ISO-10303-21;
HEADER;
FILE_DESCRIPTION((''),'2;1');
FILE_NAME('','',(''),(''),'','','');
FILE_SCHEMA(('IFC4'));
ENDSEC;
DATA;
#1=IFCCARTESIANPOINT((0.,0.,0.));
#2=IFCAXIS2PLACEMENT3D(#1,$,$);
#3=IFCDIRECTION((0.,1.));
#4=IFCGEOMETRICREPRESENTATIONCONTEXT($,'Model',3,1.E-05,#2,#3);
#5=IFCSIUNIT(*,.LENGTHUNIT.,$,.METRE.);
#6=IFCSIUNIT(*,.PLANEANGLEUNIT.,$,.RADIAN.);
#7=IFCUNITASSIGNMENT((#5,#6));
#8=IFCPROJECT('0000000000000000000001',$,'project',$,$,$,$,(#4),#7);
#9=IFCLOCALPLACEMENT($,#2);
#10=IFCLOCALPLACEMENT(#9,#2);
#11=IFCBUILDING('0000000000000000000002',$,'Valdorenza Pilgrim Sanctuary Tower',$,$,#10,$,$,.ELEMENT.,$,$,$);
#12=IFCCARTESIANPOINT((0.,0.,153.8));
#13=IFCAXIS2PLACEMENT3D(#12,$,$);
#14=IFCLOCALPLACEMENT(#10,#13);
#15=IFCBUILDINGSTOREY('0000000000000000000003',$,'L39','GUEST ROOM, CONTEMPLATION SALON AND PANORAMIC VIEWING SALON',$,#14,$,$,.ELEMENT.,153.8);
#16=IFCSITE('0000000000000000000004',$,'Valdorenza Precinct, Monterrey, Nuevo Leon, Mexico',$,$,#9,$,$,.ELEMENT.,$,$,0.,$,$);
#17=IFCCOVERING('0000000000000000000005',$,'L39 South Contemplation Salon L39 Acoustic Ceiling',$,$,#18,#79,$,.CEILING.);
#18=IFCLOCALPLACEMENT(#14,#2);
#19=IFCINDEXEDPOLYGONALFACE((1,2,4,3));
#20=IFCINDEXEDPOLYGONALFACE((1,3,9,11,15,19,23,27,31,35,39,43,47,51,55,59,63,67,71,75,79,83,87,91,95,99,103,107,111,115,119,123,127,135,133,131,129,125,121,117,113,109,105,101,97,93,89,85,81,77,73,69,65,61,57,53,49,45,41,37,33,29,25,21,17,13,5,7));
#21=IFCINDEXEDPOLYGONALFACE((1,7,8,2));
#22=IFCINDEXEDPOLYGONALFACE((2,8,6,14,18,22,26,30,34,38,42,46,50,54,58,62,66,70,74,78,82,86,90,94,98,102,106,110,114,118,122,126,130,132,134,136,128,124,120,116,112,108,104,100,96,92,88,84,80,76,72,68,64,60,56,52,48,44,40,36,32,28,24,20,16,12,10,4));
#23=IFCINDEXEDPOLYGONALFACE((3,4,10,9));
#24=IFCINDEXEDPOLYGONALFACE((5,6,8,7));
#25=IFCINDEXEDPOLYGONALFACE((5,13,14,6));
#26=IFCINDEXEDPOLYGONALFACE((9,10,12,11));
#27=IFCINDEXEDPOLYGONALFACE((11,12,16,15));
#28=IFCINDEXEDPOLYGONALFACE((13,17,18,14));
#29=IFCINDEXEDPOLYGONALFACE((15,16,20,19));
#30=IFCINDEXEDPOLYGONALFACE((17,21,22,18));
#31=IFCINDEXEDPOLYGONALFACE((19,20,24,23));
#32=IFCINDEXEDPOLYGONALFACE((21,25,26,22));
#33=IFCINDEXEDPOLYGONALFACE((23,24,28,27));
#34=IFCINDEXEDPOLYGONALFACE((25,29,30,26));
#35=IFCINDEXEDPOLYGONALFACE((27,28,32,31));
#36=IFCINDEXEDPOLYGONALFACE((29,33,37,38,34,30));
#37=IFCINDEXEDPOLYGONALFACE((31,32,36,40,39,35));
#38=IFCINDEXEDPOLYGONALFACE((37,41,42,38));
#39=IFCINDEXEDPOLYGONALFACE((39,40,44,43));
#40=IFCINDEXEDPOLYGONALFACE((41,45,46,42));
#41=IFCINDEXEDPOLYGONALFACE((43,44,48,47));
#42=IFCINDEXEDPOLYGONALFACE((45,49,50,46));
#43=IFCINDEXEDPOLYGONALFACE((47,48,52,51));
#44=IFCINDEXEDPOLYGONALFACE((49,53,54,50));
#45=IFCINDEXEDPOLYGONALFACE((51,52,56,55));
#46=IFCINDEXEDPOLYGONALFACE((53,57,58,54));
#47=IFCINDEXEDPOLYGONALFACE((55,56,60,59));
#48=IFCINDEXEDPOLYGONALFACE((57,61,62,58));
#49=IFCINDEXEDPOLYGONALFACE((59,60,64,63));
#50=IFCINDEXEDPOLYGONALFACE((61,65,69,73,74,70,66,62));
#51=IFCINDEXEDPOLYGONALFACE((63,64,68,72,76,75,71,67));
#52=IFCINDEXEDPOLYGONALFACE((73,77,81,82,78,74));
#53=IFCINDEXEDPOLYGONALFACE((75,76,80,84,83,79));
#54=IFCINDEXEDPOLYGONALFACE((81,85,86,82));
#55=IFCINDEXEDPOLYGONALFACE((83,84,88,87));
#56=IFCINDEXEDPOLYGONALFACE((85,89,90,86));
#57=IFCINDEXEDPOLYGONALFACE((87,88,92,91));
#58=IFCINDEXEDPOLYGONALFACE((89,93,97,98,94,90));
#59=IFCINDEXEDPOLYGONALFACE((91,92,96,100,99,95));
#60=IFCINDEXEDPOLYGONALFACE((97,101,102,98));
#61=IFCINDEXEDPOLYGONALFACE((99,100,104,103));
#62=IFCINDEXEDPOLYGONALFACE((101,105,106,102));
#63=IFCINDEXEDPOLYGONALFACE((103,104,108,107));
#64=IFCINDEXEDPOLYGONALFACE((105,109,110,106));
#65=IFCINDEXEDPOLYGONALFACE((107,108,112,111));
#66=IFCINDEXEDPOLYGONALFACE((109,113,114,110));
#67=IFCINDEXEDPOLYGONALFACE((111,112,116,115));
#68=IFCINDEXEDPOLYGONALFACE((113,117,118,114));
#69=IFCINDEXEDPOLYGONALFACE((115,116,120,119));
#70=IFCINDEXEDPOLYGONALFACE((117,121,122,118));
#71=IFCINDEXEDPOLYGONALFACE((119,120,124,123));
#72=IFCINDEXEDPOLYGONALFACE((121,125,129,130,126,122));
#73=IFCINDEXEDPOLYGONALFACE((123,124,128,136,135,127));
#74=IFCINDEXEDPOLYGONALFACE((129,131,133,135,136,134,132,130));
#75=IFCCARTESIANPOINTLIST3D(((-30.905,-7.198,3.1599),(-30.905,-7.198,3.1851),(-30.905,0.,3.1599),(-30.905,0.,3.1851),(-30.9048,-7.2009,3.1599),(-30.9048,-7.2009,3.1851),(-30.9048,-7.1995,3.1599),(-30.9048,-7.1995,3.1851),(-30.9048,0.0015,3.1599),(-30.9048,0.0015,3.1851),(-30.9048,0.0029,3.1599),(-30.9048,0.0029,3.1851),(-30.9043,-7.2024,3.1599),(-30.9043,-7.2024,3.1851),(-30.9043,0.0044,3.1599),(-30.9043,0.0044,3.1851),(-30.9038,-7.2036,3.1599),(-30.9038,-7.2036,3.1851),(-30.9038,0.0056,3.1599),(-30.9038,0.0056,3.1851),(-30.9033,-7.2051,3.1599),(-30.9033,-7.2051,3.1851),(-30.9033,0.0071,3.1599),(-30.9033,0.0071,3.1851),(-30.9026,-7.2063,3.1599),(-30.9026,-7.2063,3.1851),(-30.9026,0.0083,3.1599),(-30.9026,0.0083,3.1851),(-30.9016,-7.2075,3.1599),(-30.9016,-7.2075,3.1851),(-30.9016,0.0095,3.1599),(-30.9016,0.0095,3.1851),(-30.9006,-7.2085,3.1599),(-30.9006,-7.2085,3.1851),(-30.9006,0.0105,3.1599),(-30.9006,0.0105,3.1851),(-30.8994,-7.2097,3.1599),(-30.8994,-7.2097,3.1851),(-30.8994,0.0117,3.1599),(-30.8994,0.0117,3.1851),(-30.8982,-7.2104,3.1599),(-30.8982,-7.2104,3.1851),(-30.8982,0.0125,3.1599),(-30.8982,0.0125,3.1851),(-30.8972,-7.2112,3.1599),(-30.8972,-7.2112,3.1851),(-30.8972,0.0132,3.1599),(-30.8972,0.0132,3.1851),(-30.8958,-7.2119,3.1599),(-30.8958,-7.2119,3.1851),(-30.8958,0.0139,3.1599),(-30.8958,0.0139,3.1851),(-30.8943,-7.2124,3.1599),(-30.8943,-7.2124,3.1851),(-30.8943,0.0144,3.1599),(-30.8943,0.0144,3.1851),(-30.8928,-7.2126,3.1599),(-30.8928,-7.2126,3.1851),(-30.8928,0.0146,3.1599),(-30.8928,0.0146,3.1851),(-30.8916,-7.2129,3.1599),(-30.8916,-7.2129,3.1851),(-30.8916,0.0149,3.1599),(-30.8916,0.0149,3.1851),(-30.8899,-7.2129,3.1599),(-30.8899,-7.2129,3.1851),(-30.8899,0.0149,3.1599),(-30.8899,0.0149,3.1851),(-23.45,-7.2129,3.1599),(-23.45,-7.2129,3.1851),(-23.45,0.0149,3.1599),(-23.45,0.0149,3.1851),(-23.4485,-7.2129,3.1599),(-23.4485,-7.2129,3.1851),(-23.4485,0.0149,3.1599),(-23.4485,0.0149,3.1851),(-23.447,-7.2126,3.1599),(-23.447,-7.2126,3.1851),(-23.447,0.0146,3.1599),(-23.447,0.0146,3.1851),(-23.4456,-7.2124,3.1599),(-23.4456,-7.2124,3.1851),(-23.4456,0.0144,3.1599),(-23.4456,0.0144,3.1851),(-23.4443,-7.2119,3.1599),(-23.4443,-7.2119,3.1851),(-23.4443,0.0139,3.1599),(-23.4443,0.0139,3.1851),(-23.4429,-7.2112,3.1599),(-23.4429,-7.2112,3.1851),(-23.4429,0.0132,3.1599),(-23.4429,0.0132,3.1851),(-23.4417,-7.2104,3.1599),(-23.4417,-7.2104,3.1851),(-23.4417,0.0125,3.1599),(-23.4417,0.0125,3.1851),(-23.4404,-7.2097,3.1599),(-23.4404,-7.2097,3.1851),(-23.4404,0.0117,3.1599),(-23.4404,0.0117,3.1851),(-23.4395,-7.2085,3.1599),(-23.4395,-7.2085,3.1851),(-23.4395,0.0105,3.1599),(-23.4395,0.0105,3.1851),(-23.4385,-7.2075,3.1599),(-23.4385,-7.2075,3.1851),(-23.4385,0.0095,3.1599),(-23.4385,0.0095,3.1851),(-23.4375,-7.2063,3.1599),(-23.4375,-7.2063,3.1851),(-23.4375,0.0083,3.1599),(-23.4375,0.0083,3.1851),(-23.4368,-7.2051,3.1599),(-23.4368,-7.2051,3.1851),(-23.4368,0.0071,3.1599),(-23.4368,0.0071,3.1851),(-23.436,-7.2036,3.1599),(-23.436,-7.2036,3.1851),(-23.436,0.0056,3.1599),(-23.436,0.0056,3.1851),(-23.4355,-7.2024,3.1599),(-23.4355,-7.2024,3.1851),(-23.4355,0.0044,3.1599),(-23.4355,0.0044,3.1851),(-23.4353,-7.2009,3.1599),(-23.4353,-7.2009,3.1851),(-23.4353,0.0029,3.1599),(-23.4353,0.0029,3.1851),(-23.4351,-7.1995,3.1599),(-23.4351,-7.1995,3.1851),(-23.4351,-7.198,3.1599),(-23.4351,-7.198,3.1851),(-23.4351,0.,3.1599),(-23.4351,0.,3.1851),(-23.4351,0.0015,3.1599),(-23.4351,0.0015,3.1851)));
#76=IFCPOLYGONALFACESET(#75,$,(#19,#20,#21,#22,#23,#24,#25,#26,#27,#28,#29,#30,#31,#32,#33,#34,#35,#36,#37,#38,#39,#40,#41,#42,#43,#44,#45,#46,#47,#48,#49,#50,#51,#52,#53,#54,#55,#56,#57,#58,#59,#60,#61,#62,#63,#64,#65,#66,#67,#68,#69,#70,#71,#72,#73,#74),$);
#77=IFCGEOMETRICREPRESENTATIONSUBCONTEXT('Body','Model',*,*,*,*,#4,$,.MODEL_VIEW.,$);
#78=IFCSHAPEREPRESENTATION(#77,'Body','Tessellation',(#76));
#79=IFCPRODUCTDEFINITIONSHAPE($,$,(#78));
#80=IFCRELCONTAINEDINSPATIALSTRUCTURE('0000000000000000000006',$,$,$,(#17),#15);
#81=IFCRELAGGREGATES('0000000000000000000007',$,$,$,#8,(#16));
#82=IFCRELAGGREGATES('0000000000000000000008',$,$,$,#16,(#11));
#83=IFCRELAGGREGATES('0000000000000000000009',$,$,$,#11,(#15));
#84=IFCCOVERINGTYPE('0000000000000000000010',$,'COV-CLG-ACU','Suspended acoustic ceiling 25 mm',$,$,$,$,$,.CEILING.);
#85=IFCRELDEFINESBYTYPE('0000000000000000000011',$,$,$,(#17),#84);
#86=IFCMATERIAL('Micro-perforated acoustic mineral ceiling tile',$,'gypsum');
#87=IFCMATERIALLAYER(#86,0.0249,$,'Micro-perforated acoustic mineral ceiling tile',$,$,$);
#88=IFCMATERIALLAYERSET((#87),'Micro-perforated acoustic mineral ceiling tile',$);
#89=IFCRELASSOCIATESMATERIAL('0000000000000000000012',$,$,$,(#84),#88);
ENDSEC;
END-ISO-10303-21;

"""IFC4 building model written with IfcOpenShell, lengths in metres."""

from ifc_helpers import new_model, si_unit, direction, frame, origin, place, context, subcontext, project, spatial, polyline, outline, extrude, material, layer, layer_set, type_object, element, save


model = new_model("IFC4")

# Units and contexts
model_context = context("Model", 3, precision=1e-05, world=origin(), true_north=direction((0.0, 1.0)))
body_context = subcontext(model_context, "Body", "Model", "MODEL_VIEW")
ifc_project = project(units=[si_unit("LENGTHUNIT", "METRE"), si_unit("PLANEANGLEUNIT", "RADIAN")], contexts=[model_context])

# Site, building, storey
site_placement = place(None, origin())
site = spatial("IfcSite", under=ifc_project, at=site_placement, Name="Valdorenza Precinct, Monterrey, Nuevo Leon, Mexico", CompositionType="ELEMENT", RefElevation=0.0)
building_placement = place(site_placement, origin())
building = spatial("IfcBuilding", under=site, at=building_placement, Name="Valdorenza Pilgrim Sanctuary Tower", CompositionType="ELEMENT")
storey_placement = place(building_placement, frame((0.0, 0.0, 153.8)))
storey = spatial("IfcBuildingStorey", under=building, at=storey_placement, Name="L39", Description="GUEST ROOM, CONTEMPLATION SALON AND PANORAMIC VIEWING SALON", CompositionType="ELEMENT", Elevation=153.8)

# Covering
ifc_material_1 = material(Name="Micro-perforated acoustic mineral ceiling tile", Category="gypsum")
ifc_layer_1 = layer(ifc_material_1, 0.0249, Name="Micro-perforated acoustic mineral ceiling tile")
ifc_layer_set_1 = layer_set([ifc_layer_1], Name="Micro-perforated acoustic mineral ceiling tile")
covering_type_1 = type_object("IfcCoveringType", Name="COV-CLG-ACU", Description="Suspended acoustic ceiling 25 mm", PredefinedType="CEILING", material=ifc_layer_set_1)
covering_1_placement = place(storey_placement, frame((0.0, 0.0, 3.1599)))
element("IfcCovering", 1, at=covering_1_placement, inside=storey, type_object=covering_type_1, Name="L39 South Contemplation Salon L39 Acoustic Ceiling", PredefinedType="CEILING", context=body_context, shape_type="SweptSolid", body=[
    extrude(outline(polyline([(-23.4351, -7.198), (-23.4351, -7.1995), (-23.4353, -7.2009), (-23.4355, -7.2024), (-23.436, -7.2036), (-23.4368, -7.2051), (-23.4375, -7.2063), (-23.4385, -7.2075), (-23.4395, -7.2085), (-23.4404, -7.2097), (-23.4417, -7.2104), (-23.4429, -7.2112), (-23.4443, -7.2119), (-23.4456, -7.2124), (-23.447, -7.2126), (-23.4485, -7.2129), (-23.45, -7.2129), (-30.8899, -7.2129), (-30.8916, -7.2129), (-30.8928, -7.2126), (-30.8943, -7.2124), (-30.8958, -7.2119), (-30.8972, -7.2112), (-30.8982, -7.2104), (-30.8994, -7.2097), (-30.9006, -7.2085), (-30.9016, -7.2075), (-30.9026, -7.2063), (-30.9033, -7.2051), (-30.9038, -7.2036), (-30.9043, -7.2024), (-30.9048, -7.2009), (-30.9048, -7.1995), (-30.905, -7.198), (-30.905, 0.0), (-30.9048, 0.0015), (-30.9048, 0.0029), (-30.9043, 0.0044), (-30.9038, 0.0056), (-30.9033, 0.0071), (-30.9026, 0.0083), (-30.9016, 0.0095), (-30.9006, 0.0105), (-30.8994, 0.0117), (-30.8982, 0.0125), (-30.8972, 0.0132), (-30.8958, 0.0139), (-30.8943, 0.0144), (-30.8928, 0.0146), (-30.8916, 0.0149), (-30.8899, 0.0149), (-23.45, 0.0149), (-23.4485, 0.0149), (-23.447, 0.0146), (-23.4456, 0.0144), (-23.4443, 0.0139), (-23.4429, 0.0132), (-23.4417, 0.0125), (-23.4404, 0.0117), (-23.4395, 0.0105), (-23.4385, 0.0095), (-23.4375, 0.0083), (-23.4368, 0.0071), (-23.436, 0.0056), (-23.4355, 0.0044), (-23.4353, 0.0029), (-23.4351, 0.0015), (-23.4351, 0.0), (-23.4351, -7.198)])), origin(), (0.0, 0.0, 1.0), 0.0251),
])

save(model, "model.ifc")
